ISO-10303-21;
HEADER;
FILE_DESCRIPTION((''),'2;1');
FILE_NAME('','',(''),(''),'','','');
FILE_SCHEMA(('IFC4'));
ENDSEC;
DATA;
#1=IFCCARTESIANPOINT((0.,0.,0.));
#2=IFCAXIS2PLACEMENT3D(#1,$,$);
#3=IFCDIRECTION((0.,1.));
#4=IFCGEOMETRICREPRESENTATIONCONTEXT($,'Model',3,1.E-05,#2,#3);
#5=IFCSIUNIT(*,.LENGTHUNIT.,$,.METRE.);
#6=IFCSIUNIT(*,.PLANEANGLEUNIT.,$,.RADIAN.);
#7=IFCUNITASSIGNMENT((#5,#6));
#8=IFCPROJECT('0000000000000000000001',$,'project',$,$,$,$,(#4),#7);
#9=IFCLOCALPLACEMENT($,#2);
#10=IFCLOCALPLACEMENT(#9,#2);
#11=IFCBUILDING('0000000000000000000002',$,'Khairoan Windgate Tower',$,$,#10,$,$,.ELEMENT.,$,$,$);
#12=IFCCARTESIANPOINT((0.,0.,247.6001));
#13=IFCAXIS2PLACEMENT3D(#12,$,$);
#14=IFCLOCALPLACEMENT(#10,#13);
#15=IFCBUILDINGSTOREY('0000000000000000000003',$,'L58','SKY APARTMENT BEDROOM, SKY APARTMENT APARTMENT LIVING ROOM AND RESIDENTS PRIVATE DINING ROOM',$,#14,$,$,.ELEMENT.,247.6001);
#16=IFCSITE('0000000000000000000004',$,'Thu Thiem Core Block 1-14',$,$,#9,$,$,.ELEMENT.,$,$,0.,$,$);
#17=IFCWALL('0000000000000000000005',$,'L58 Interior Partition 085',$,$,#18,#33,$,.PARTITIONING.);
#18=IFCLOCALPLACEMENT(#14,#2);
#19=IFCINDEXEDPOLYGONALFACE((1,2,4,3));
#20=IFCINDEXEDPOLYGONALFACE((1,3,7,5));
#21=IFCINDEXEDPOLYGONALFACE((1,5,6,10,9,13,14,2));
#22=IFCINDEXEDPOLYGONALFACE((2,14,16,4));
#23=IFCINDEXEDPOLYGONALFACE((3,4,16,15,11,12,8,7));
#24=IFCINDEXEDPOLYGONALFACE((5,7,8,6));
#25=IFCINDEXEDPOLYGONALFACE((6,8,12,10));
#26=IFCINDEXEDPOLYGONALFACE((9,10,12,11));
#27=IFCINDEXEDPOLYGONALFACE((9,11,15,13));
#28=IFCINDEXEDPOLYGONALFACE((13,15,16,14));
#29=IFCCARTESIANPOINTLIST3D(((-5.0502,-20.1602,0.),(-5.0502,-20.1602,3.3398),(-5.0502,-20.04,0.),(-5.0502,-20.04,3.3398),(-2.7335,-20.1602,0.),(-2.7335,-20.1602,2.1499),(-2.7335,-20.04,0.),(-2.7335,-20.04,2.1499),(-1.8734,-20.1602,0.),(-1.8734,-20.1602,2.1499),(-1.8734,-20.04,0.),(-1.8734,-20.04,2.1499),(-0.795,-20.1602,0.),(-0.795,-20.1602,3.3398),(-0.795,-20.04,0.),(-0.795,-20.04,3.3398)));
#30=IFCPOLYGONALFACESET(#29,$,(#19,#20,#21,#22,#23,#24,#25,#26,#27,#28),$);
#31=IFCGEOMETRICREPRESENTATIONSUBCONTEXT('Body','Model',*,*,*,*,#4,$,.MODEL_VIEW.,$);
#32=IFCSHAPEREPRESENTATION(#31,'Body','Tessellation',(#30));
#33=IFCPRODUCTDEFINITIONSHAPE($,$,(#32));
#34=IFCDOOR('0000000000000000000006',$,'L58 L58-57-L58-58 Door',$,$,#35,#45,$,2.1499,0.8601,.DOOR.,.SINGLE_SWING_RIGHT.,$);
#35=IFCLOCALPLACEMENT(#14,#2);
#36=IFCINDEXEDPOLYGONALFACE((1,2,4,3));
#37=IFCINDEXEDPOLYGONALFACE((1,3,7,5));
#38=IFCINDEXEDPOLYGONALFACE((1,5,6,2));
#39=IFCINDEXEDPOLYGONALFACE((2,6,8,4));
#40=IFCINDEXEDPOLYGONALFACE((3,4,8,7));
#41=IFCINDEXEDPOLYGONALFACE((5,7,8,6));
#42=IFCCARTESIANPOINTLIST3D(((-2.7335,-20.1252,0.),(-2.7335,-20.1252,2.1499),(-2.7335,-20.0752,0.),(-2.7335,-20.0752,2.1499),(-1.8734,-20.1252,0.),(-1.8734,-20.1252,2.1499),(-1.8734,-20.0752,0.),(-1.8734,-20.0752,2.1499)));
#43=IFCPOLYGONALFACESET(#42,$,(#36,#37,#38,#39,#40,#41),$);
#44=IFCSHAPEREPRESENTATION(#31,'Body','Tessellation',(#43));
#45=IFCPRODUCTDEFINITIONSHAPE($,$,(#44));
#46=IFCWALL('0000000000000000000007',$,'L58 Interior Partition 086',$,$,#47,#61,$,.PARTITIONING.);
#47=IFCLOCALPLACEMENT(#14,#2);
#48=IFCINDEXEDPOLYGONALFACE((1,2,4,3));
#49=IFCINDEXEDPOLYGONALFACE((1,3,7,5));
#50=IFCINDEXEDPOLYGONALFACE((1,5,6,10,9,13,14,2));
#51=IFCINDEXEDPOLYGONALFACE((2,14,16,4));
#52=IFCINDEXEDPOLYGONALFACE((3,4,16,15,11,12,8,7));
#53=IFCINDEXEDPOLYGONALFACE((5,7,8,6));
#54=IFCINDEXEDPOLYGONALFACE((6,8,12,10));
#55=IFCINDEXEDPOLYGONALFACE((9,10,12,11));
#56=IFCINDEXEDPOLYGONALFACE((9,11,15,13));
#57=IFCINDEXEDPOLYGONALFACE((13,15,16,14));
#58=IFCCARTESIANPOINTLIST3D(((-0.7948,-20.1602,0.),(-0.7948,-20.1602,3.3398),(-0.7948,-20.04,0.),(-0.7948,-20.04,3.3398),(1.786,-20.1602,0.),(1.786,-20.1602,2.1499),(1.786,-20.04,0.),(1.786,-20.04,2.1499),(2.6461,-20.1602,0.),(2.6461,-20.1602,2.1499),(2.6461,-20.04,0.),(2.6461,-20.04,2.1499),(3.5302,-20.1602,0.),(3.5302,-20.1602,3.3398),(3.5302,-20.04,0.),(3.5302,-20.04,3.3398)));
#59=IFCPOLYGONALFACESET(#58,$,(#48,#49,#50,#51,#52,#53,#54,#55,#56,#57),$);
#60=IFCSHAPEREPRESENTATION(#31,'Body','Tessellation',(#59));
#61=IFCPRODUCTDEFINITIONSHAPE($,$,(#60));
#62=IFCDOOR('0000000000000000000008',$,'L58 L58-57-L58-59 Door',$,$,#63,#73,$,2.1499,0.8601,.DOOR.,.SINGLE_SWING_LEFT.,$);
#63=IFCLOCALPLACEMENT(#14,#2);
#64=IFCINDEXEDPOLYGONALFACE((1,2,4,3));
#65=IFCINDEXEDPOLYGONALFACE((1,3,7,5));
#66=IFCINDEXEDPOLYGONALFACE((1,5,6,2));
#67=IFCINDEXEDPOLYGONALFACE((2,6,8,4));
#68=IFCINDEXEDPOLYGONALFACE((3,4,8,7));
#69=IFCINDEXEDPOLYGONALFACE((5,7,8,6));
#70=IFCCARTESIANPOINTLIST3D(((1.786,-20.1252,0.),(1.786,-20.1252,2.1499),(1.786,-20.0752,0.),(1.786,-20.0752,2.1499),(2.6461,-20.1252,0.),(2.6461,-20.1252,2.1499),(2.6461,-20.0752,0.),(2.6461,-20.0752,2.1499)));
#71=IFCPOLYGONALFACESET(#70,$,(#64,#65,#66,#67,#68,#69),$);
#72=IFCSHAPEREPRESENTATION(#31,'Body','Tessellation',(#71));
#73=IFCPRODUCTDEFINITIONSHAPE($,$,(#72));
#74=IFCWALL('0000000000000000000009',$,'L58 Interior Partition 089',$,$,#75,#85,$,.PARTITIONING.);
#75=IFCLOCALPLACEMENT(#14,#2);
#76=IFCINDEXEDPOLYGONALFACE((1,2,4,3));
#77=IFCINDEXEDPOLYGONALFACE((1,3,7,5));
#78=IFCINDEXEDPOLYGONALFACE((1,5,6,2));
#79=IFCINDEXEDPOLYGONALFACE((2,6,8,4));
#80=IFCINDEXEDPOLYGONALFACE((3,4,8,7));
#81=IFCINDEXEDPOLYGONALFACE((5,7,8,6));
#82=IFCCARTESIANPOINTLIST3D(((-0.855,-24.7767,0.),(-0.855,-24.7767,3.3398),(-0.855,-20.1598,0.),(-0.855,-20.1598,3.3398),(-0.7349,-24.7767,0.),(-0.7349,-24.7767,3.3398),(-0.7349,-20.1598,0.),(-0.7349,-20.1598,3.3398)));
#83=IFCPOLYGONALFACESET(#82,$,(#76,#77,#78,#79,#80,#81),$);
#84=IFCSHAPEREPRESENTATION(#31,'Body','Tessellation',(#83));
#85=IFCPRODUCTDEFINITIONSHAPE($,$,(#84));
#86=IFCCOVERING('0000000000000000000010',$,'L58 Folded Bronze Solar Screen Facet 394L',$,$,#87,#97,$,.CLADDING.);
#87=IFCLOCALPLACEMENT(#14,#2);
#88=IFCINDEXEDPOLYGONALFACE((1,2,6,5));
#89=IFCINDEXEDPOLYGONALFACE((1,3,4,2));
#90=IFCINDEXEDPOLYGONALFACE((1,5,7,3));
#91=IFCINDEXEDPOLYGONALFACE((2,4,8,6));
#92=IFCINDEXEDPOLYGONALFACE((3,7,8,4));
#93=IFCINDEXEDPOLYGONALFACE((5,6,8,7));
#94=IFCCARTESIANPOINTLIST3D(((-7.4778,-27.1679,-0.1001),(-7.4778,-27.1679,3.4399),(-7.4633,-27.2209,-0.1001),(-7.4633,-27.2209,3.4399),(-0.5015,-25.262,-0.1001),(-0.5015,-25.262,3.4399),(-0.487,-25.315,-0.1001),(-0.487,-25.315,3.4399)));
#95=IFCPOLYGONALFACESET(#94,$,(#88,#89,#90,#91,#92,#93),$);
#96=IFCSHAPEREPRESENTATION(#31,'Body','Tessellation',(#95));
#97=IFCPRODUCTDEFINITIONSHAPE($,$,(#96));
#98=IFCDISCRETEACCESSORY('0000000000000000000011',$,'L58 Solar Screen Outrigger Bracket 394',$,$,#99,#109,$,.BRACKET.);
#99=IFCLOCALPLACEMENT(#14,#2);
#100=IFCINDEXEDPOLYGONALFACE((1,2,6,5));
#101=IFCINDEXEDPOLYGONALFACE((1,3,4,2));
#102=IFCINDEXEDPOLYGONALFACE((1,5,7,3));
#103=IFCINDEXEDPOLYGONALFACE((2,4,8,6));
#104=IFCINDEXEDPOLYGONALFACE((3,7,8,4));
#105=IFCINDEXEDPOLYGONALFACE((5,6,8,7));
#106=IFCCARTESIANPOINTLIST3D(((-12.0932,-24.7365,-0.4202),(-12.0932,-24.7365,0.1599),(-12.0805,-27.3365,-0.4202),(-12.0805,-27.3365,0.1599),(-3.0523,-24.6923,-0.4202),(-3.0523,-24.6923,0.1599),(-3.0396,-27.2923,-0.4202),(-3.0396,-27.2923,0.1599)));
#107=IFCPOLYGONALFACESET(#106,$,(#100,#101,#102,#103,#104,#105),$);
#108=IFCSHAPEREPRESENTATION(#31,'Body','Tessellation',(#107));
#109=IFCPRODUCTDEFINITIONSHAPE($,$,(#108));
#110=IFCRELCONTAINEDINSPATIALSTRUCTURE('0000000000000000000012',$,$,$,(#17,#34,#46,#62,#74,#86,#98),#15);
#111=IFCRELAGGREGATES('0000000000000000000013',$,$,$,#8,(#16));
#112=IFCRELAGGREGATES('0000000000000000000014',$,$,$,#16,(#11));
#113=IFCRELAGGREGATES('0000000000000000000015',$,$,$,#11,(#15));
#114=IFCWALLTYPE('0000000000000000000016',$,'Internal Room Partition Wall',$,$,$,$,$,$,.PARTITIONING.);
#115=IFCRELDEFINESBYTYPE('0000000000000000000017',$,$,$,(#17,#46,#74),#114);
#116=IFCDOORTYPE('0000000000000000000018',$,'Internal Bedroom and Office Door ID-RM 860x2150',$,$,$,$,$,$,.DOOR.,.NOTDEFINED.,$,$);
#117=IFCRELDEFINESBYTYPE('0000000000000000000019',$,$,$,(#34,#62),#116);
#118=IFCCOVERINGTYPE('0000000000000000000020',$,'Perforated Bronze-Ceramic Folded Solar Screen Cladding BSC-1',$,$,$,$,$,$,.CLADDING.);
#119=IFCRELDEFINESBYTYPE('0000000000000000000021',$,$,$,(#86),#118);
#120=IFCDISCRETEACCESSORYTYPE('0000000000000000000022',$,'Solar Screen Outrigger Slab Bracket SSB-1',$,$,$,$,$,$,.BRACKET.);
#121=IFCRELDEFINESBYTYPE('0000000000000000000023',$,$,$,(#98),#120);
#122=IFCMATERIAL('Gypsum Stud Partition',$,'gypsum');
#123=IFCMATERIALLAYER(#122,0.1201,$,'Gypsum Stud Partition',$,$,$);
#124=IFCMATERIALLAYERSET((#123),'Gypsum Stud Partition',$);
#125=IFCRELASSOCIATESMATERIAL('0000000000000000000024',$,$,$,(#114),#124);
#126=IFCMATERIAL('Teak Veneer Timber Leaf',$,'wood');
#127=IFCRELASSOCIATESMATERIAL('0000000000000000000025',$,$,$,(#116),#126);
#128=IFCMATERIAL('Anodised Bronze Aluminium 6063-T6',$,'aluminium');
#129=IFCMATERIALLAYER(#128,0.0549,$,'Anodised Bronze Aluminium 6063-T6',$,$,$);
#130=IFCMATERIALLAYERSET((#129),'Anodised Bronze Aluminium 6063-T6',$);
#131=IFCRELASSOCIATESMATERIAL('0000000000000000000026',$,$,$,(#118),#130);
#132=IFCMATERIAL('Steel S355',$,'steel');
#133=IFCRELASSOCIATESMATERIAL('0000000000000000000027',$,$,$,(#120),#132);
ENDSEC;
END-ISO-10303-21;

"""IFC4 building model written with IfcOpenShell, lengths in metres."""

from ifc_helpers import new_model, si_unit, direction, frame, frame_2d, origin, origin_2d, place, context, subcontext, project, spatial, rectangle, extrude, material, layer, layer_set, type_object, element, fill, save


model = new_model("IFC4")

# Units and contexts
model_context = context("Model", 3, precision=1e-05, world=origin(), true_north=direction((0.0, 1.0)))
body_context = subcontext(model_context, "Body", "Model", "MODEL_VIEW")
ifc_project = project(units=[si_unit("LENGTHUNIT", "METRE"), si_unit("PLANEANGLEUNIT", "RADIAN")], contexts=[model_context])

# Site, building, storey
site_placement = place(None, origin())
site = spatial("IfcSite", under=ifc_project, at=site_placement, Name="Thu Thiem Core Block 1-14", CompositionType="ELEMENT", RefElevation=0.0)
building_placement = place(site_placement, origin())
building = spatial("IfcBuilding", under=site, at=building_placement, Name="Khairoan Windgate Tower", CompositionType="ELEMENT")
storey_placement = place(building_placement, frame((0.0, 0.0, 247.6001)))
storey = spatial("IfcBuildingStorey", under=building, at=storey_placement, Name="L58", Description="SKY APARTMENT BEDROOM, SKY APARTMENT APARTMENT LIVING ROOM AND RESIDENTS PRIVATE DINING ROOM", CompositionType="ELEMENT", Elevation=247.6001)

# Shared definitions
ifc_material_1 = material(Name="Gypsum Stud Partition", Category="gypsum")
ifc_layer_1 = layer(ifc_material_1, 0.1201, Name="Gypsum Stud Partition")
ifc_layer_set_1 = layer_set([ifc_layer_1], Name="Gypsum Stud Partition")
wall_type_1 = type_object("IfcWallType", Name="Internal Room Partition Wall", PredefinedType="PARTITIONING", material=ifc_layer_set_1)
ifc_material_2 = material(Name="Teak Veneer Timber Leaf", Category="wood")
door_type_1 = type_object("IfcDoorType", Name="Internal Bedroom and Office Door ID-RM 860x2150", OperationType="NOTDEFINED", PredefinedType="DOOR", material=ifc_material_2)

# Walls, openings, doors
wall_1_placement = place(storey_placement, frame((-5.05, -20.1001, 0.0), z_axis=(0.0, 0.0, 1.0), x_axis=(1.0, 0.0, 0.0)))
wall_1 = element("IfcWall", 1, at=wall_1_placement, inside=storey, type_object=wall_type_1, Name="L58 Interior Partition 085", PredefinedType="PARTITIONING", context=body_context, shape_type="SweptSolid", body=[
    extrude(rectangle(XDim=4.2551, YDim=0.1201, at=frame_2d((2.1274, 0.0))), origin(), (0.0, 0.0, 1.0), 3.3398),
])
opening_1_placement = place(wall_1_placement, frame((2.3164, 0.0, 0.0)))
opening_1 = element("IfcOpeningElement", 2, at=opening_1_placement, cuts=wall_1, PredefinedType="OPENING", context=body_context, shape_type="SweptSolid", body=[
    extrude(rectangle(XDim=0.8601, YDim=2.1499, at=frame_2d((0.4302, 1.075))), frame((0.0, 0.0701, 0.0), z_axis=(0.0, -1.0, 0.0), x_axis=(1.0, 0.0, 0.0)), (0.0, 0.0, 1.0), 0.1401),
])
door_1_placement = place(opening_1_placement, origin())
door_1 = element("IfcDoor", 3, at=door_1_placement, inside=storey, type_object=door_type_1, Name="L58 L58-57-L58-58 Door", OperationType="SINGLE_SWING_RIGHT", OverallHeight=2.1499, OverallWidth=0.8601, PredefinedType="DOOR", context=body_context, shape_type="SweptSolid", body=[
    extrude(rectangle(XDim=0.8601, YDim=2.1499, at=frame_2d((0.4302, 1.075))), frame((0.0, 0.0249, 0.0), z_axis=(0.0, -1.0, 0.0), x_axis=(1.0, 0.0, 0.0)), (0.0, 0.0, 1.0), 0.05),
])
fill(opening_1, door_1)
wall_2_placement = place(storey_placement, frame((-0.7949, -20.1001, 0.0), z_axis=(0.0, 0.0, 1.0), x_axis=(1.0, 0.0, 0.0)))
wall_2 = element("IfcWall", 4, at=wall_2_placement, inside=storey, type_object=wall_type_1, Name="L58 Interior Partition 086", PredefinedType="PARTITIONING", context=body_context, shape_type="SweptSolid", body=[
    extrude(rectangle(XDim=4.325, YDim=0.1201, at=frame_2d((2.1626, 0.0))), origin(), (0.0, 0.0, 1.0), 3.3398),
])
opening_2_placement = place(wall_2_placement, frame((2.5808, 0.0, 0.0)))
opening_2 = element("IfcOpeningElement", 5, at=opening_2_placement, cuts=wall_2, PredefinedType="OPENING", context=body_context, shape_type="SweptSolid", body=[
    extrude(rectangle(XDim=0.8601, YDim=2.1499, at=frame_2d((0.4302, 1.075))), frame((0.0, 0.0701, 0.0), z_axis=(0.0, -1.0, 0.0), x_axis=(1.0, 0.0, 0.0)), (0.0, 0.0, 1.0), 0.1401),
])
door_2_placement = place(opening_2_placement, origin())
door_2 = element("IfcDoor", 6, at=door_2_placement, inside=storey, type_object=door_type_1, Name="L58 L58-57-L58-59 Door", OperationType="SINGLE_SWING_LEFT", OverallHeight=2.1499, OverallWidth=0.8601, PredefinedType="DOOR", context=body_context, shape_type="SweptSolid", body=[
    extrude(rectangle(XDim=0.8601, YDim=2.1499, at=frame_2d((0.4302, 1.075))), frame((0.0, 0.0249, 0.0), z_axis=(0.0, -1.0, 0.0), x_axis=(1.0, 0.0, 0.0)), (0.0, 0.0, 1.0), 0.05),
])
fill(opening_2, door_2)

# Wall
wall_3_placement = place(storey_placement, frame((-0.7949, -24.7769, 0.0), z_axis=(0.0, 0.0, 1.0), x_axis=(0.0, 1.0, 0.0)))
element("IfcWall", 7, at=wall_3_placement, inside=storey, type_object=wall_type_1, Name="L58 Interior Partition 089", PredefinedType="PARTITIONING", context=body_context, shape_type="SweptSolid", body=[
    extrude(rectangle(XDim=4.6169, YDim=0.1201, at=frame_2d((2.3086, 0.0))), origin(), (0.0, 0.0, 1.0), 3.3398),
])

# Covering
ifc_material_3 = material(Name="Anodised Bronze Aluminium 6063-T6", Category="aluminium")
ifc_layer_2 = layer(ifc_material_3, 0.0549, Name="Anodised Bronze Aluminium 6063-T6")
ifc_layer_set_2 = layer_set([ifc_layer_2], Name="Anodised Bronze Aluminium 6063-T6")
covering_type = type_object("IfcCoveringType", Name="Perforated Bronze-Ceramic Folded Solar Screen Cladding BSC-1", PredefinedType="CLADDING", material=ifc_layer_set_2)
covering_placement = place(storey_placement, frame((-3.9824, -26.2415, -0.1001), z_axis=(0.0, 0.0, 1.0), x_axis=(-0.964649, -0.263536, 0.0)))
element("IfcCovering", 8, at=covering_placement, inside=storey, type_object=covering_type, Name="L58 Folded Bronze Solar Screen Facet 394L", PredefinedType="CLADDING", context=body_context, shape_type="SweptSolid", body=[
    extrude(rectangle(XDim=7.2319, YDim=0.0549, at=origin_2d()), origin(), (0.0, 0.0, 1.0), 3.54),
])

# Discrete accessory
ifc_material_4 = material(Name="Steel S355", Category="steel")
discrete_accessory_type = type_object("IfcDiscreteAccessoryType", Name="Solar Screen Outrigger Slab Bracket SSB-1", PredefinedType="BRACKET", material=ifc_material_4)
discrete_accessory_placement = place(storey_placement, frame((-7.5664, -26.0144, -0.4202), z_axis=(0.0, 0.0, 1.0), x_axis=(-0.999988, -0.004887, 0.0)))
element("IfcDiscreteAccessory", 9, at=discrete_accessory_placement, inside=storey, type_object=discrete_accessory_type, Name="L58 Solar Screen Outrigger Bracket 394", PredefinedType="BRACKET", context=body_context, shape_type="SweptSolid", body=[
    extrude(rectangle(XDim=9.041, YDim=2.6001, at=origin_2d()), origin(), (0.0, 0.0, 1.0), 0.5801),
])

save(model, "model.ifc")
